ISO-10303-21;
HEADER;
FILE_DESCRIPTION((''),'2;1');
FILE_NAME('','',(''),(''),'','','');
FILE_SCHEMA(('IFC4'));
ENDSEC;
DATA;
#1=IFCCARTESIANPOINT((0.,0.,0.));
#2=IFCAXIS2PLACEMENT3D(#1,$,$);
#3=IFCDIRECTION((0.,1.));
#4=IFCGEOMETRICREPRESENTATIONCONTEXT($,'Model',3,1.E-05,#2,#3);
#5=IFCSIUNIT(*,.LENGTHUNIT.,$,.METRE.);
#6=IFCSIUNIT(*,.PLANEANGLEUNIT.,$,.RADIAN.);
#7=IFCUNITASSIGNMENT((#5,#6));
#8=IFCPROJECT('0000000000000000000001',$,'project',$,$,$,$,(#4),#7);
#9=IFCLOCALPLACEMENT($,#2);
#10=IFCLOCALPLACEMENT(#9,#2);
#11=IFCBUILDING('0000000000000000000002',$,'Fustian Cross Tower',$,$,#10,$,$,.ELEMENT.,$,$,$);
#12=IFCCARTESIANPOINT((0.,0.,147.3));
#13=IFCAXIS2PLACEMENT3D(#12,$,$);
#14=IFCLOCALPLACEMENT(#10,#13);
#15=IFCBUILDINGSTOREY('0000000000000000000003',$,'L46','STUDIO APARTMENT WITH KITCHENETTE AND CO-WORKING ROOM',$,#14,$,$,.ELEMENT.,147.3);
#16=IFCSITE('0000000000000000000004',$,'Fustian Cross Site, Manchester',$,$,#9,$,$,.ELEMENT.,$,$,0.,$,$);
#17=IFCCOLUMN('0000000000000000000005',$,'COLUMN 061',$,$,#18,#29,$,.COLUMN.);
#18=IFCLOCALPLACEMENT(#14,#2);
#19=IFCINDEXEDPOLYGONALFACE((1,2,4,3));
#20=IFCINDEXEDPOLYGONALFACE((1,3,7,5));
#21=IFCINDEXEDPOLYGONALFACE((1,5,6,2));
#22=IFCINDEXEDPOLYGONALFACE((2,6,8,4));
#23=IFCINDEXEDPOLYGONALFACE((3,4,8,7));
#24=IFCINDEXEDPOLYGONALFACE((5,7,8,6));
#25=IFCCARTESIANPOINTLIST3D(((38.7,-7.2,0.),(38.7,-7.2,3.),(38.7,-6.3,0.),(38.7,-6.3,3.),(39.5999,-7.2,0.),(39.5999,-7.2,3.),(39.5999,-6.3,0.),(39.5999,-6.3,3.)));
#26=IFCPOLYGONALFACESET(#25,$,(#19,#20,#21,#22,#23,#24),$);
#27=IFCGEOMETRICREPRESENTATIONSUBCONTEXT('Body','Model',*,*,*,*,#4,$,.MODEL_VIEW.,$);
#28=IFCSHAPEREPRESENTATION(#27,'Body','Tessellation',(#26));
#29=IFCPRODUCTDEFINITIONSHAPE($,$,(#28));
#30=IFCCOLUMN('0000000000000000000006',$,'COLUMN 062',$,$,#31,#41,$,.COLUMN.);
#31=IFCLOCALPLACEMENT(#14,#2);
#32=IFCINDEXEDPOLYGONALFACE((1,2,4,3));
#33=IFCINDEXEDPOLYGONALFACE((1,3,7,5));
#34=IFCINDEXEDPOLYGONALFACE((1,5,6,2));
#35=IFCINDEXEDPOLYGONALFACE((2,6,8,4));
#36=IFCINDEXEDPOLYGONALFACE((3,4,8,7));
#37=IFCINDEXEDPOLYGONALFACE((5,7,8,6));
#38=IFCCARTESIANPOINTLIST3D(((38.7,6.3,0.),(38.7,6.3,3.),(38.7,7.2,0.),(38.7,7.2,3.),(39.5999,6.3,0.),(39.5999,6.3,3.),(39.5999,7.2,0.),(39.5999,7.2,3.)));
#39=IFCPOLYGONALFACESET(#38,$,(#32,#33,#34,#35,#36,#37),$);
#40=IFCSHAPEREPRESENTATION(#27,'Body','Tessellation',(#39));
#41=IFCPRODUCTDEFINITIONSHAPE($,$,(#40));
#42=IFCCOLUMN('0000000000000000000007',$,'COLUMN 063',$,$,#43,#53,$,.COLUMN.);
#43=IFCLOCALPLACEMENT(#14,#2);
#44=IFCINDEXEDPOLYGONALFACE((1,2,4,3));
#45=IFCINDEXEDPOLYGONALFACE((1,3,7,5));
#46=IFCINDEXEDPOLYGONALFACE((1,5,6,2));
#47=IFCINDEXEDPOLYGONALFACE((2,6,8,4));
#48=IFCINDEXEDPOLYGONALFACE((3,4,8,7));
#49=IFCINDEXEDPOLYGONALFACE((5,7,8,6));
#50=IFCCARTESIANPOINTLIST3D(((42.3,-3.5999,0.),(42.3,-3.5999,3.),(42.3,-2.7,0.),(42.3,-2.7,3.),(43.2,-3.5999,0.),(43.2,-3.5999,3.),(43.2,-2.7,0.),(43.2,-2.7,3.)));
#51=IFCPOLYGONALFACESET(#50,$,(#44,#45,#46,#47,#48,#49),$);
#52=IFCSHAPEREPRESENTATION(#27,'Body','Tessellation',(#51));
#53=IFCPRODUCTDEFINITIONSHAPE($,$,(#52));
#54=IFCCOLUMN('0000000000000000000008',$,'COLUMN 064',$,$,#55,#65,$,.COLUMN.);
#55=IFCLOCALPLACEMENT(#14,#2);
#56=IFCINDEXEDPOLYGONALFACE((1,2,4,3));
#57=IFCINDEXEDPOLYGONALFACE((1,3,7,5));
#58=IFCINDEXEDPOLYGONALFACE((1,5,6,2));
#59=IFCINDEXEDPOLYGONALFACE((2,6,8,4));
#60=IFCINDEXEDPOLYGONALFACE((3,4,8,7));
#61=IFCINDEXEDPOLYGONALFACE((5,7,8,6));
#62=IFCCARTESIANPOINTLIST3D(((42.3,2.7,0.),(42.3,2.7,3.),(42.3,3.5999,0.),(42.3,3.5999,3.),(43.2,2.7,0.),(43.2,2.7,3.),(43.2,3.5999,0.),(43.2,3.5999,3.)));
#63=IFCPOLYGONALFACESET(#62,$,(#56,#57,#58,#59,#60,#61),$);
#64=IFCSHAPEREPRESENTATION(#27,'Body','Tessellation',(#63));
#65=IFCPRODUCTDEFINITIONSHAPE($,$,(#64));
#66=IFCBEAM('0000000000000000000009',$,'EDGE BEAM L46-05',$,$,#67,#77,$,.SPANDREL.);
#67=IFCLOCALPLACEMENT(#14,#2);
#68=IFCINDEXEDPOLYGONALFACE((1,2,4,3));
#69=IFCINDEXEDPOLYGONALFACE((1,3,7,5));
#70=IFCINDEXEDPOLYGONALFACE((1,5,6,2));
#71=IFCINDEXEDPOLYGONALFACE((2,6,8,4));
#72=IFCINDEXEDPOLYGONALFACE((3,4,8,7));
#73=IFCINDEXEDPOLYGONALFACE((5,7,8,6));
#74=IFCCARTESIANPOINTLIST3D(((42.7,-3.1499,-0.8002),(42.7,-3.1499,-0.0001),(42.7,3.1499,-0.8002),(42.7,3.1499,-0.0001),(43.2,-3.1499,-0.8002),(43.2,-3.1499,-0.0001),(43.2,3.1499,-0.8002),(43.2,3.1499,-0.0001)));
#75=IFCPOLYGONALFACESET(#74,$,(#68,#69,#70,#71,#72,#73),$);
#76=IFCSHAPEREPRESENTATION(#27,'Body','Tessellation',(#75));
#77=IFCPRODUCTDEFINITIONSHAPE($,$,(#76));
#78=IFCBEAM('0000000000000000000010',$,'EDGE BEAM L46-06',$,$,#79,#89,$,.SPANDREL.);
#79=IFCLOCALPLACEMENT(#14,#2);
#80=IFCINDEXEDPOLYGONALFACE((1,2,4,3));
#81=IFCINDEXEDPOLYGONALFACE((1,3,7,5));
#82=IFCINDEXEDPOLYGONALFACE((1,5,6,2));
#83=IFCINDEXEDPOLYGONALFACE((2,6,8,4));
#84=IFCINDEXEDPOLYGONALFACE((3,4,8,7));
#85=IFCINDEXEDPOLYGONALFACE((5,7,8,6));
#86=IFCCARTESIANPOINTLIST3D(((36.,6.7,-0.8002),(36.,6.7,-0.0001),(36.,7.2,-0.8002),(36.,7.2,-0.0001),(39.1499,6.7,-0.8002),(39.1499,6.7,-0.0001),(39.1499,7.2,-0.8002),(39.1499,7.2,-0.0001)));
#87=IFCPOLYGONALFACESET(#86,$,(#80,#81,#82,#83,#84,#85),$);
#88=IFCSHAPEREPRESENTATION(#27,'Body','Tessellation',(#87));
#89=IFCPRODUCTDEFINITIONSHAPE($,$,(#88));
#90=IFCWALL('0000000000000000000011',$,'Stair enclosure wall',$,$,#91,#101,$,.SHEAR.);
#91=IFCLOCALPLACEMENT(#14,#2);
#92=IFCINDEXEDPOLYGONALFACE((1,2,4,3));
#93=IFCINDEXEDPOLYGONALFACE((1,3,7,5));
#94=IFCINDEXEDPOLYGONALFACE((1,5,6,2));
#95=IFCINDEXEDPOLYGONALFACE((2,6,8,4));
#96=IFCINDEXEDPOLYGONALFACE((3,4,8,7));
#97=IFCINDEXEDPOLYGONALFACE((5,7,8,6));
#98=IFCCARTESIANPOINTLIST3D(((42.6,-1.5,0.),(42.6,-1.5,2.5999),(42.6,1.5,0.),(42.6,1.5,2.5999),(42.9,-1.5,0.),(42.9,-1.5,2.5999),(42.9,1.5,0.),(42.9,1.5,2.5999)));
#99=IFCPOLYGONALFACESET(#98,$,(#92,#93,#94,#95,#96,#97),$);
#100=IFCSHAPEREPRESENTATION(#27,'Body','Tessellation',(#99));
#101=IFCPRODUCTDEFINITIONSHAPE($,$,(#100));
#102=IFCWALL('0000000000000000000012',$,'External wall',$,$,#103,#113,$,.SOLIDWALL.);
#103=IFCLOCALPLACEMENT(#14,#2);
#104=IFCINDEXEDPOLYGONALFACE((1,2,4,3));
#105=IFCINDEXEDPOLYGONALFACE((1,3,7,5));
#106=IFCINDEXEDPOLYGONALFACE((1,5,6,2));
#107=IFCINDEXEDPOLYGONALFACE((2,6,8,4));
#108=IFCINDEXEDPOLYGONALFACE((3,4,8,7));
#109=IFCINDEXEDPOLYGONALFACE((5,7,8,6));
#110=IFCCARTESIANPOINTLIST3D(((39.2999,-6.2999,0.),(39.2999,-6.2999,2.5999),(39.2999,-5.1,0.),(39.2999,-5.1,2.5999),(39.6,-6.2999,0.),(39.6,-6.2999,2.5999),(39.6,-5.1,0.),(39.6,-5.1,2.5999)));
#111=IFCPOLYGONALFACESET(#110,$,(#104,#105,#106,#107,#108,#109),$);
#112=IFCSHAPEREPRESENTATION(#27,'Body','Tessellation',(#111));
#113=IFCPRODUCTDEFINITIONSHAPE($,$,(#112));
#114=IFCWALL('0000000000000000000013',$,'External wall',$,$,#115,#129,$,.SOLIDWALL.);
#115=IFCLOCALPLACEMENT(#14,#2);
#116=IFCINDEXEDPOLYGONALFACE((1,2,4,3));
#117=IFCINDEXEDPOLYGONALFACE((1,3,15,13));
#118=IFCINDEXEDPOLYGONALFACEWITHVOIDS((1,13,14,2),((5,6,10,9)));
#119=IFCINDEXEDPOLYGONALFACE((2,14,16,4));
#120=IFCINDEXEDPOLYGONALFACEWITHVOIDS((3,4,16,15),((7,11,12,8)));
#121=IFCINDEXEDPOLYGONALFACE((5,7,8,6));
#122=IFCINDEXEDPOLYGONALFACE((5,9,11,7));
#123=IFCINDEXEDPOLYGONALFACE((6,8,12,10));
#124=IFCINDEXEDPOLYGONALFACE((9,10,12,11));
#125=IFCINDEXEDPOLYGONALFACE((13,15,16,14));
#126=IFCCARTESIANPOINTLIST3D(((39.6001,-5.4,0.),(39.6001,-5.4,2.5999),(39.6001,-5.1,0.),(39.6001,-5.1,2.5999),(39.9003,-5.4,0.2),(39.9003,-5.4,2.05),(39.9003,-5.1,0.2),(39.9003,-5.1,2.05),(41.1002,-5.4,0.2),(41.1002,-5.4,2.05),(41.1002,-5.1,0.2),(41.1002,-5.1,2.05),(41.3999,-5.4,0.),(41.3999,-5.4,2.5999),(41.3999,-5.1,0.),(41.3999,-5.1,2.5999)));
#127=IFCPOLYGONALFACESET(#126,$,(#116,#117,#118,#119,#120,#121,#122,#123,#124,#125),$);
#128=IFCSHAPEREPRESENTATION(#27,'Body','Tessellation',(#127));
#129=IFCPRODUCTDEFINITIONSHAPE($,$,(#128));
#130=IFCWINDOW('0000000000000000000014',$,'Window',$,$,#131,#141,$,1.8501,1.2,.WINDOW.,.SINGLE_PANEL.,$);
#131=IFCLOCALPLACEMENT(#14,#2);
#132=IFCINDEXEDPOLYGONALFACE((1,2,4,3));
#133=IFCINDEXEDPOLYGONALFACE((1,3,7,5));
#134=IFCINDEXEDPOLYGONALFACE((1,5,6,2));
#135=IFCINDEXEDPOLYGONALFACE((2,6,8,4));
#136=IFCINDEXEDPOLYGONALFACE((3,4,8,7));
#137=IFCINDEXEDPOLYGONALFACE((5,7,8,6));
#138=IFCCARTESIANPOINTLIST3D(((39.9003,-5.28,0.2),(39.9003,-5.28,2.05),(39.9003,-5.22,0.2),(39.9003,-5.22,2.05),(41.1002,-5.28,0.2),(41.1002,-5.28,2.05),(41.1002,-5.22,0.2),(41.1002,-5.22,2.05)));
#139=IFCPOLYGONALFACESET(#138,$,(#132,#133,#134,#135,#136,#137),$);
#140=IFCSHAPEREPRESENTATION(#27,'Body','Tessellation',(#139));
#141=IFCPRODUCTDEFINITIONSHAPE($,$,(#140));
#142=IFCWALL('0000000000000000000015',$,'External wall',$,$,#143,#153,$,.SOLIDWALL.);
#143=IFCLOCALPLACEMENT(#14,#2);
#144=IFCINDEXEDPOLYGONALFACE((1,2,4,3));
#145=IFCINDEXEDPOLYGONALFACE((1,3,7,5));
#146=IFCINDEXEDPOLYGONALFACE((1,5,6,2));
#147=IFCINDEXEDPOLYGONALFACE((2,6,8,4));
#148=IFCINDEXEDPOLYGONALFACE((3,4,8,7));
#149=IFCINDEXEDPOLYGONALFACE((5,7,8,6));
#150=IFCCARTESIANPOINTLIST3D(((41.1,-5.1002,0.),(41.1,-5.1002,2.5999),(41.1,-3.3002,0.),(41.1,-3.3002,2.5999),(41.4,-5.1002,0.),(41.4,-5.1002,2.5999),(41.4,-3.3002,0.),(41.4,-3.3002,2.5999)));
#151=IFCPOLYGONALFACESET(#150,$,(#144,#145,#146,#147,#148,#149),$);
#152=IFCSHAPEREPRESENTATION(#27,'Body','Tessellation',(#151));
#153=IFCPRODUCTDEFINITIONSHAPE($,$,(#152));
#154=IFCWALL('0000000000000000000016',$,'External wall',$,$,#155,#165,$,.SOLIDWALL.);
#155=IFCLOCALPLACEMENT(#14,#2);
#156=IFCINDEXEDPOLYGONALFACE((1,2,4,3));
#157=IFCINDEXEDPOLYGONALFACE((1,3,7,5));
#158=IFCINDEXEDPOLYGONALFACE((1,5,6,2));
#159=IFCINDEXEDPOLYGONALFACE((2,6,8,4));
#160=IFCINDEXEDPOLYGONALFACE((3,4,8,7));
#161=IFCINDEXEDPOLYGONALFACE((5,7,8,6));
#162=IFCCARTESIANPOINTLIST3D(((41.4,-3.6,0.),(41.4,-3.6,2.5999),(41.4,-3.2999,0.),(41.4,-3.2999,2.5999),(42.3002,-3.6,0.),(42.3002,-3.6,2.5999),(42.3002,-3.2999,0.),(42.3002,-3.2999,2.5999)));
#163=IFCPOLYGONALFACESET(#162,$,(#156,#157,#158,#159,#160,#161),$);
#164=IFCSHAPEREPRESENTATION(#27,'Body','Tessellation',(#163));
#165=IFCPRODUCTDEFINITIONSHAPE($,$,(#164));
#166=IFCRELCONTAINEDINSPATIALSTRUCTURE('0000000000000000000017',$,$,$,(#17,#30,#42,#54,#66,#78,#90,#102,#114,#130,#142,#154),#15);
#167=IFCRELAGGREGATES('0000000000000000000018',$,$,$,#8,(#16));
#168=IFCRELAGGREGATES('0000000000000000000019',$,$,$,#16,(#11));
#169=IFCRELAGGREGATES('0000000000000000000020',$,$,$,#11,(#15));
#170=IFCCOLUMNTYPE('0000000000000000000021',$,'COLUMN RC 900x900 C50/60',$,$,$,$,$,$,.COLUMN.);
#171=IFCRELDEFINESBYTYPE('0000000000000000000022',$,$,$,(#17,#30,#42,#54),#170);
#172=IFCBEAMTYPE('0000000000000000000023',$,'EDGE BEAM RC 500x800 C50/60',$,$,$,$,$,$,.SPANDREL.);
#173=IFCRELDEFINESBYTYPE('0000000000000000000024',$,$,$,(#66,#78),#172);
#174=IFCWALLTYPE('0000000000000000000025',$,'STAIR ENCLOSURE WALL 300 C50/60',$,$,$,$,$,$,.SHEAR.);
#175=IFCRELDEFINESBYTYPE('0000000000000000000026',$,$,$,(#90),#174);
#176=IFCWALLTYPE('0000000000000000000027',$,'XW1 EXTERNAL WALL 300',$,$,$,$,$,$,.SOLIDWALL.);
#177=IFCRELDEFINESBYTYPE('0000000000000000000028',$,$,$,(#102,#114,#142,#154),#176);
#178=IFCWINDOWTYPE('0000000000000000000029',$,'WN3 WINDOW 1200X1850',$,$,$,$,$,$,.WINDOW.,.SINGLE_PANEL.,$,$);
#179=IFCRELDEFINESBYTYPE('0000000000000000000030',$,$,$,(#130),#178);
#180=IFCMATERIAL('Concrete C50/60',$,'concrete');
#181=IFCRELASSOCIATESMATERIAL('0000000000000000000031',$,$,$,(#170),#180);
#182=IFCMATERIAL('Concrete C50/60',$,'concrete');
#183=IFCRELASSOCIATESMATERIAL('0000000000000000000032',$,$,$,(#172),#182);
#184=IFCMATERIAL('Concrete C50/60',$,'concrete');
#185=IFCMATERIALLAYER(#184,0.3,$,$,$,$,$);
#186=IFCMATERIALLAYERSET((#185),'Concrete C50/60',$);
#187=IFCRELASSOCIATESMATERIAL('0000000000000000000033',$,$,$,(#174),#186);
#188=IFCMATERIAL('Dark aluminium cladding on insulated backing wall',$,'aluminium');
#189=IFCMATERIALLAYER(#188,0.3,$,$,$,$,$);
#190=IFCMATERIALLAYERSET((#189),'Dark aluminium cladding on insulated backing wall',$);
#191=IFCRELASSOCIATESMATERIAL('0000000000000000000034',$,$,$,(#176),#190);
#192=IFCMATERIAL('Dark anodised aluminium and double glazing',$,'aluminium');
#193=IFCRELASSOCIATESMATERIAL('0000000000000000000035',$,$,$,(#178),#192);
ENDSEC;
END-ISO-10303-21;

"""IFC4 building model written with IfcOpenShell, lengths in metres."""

from ifc_helpers import new_model, si_unit, direction, frame, frame_2d, origin, origin_2d, place, context, subcontext, project, spatial, rectangle, extrude, material, layer, layer_set, material_profile, profile_set, type_object, element, fill, save


model = new_model("IFC4")

# Units and contexts
model_context = context("Model", 3, precision=1e-05, world=origin(), true_north=direction((0.0, 1.0)))
body_context = subcontext(model_context, "Body", "Model", "MODEL_VIEW")
ifc_project = project(units=[si_unit("LENGTHUNIT", "METRE"), si_unit("PLANEANGLEUNIT", "RADIAN")], contexts=[model_context])

# Site, building, storey
site_placement = place(None, origin())
site = spatial("IfcSite", under=ifc_project, at=site_placement, Name="Fustian Cross Site, Manchester", CompositionType="ELEMENT", RefElevation=0.0)
building_placement = place(site_placement, origin())
building = spatial("IfcBuilding", under=site, at=building_placement, Name="Fustian Cross Tower", CompositionType="ELEMENT")
storey_placement = place(building_placement, frame((0.0, 0.0, 147.3)))
storey = spatial("IfcBuildingStorey", under=building, at=storey_placement, Name="L46", Description="STUDIO APARTMENT WITH KITCHENETTE AND CO-WORKING ROOM", CompositionType="ELEMENT", Elevation=147.3)

# Columns
ifc_material_1 = material(Name="Concrete C50/60", Category="concrete")
ifc_material_profile_1 = material_profile(ifc_material_1, rectangle(XDim=0.8999, YDim=0.8999, at=origin_2d()), Name="RC 900x900")
ifc_profile_set_1 = profile_set([ifc_material_profile_1], Name="Concrete C50/60")
column_type = type_object("IfcColumnType", Name="COLUMN RC 900x900 C50/60", PredefinedType="COLUMN", material=ifc_profile_set_1)
for number, where, z_axis, x_axis, name in (
    (1, (39.1499, -6.75, 0.0), (0.0, 0.0, 1.0), (1.0, 0.0, 0.0), "COLUMN 061"),
    (2, (39.1499, 6.75, 0.0), (0.0, 0.0, 1.0), (1.0, 0.0, 0.0), "COLUMN 062"),
    (3, (42.75, -3.1499, 0.0), (0.0, 0.0, 1.0), (1.0, 0.0, 0.0), "COLUMN 063"),
    (4, (42.75, 3.1499, 0.0), (0.0, 0.0, 1.0), (1.0, 0.0, 0.0), "COLUMN 064"),
):
    element("IfcColumn", number, at=place(storey_placement, frame(where, z_axis=z_axis, x_axis=x_axis)), inside=storey, type_object=column_type, Name=name, PredefinedType="COLUMN", context=body_context, shape_type="SweptSolid", body=[
        extrude(rectangle(XDim=0.8999, YDim=0.8999, at=origin_2d()), origin(), (0.0, 0.0, 1.0), 3.0),
    ])

# Beams
ifc_material_2 = material(Name="Concrete C50/60", Category="concrete")
ifc_material_profile_2 = material_profile(ifc_material_2, rectangle(XDim=0.5, YDim=0.8, at=origin_2d()), Name="RC 500x800")
ifc_profile_set_2 = profile_set([ifc_material_profile_2], Name="Concrete C50/60")
beam_type = type_object("IfcBeamType", Name="EDGE BEAM RC 500x800 C50/60", PredefinedType="SPANDREL", material=ifc_profile_set_2)
beam_1_placement = place(storey_placement, frame((42.95, -3.1499, -0.4001), z_axis=(0.0, 1.0, 0.0), x_axis=(-1.0, 0.0, 0.0)))
element("IfcBeam", 5, at=beam_1_placement, inside=storey, type_object=beam_type, Name="EDGE BEAM L46-05", PredefinedType="SPANDREL", context=body_context, shape_type="SweptSolid", body=[
    extrude(rectangle(XDim=0.5, YDim=0.8, at=origin_2d()), origin(), (0.0, 0.0, 1.0), 6.2998),
])
beam_2_placement = place(storey_placement, frame((39.1499, 6.95, -0.4001), z_axis=(-1.0, 0.0, 0.0), x_axis=(0.0, -1.0, 0.0)))
element("IfcBeam", 6, at=beam_2_placement, inside=storey, type_object=beam_type, Name="EDGE BEAM L46-06", PredefinedType="SPANDREL", context=body_context, shape_type="SweptSolid", body=[
    extrude(rectangle(XDim=0.5, YDim=0.8, at=origin_2d()), origin(), (0.0, 0.0, 1.0), 3.1499),
])

# Walls
ifc_material_3 = material(Name="Concrete C50/60", Category="concrete")
ifc_layer_1 = layer(ifc_material_3, 0.3)
ifc_layer_set_1 = layer_set([ifc_layer_1], Name="Concrete C50/60")
wall_type_1 = type_object("IfcWallType", Name="STAIR ENCLOSURE WALL 300 C50/60", PredefinedType="SHEAR", material=ifc_layer_set_1)
wall_1_placement = place(storey_placement, frame((42.75, -1.5, 0.0), z_axis=(0.0, 0.0, 1.0), x_axis=(0.0, 1.0, 0.0)))
element("IfcWall", 7, at=wall_1_placement, inside=storey, type_object=wall_type_1, Name="Stair enclosure wall", PredefinedType="SHEAR", context=body_context, shape_type="SweptSolid", body=[
    extrude(rectangle(XDim=3.0, YDim=0.3, at=frame_2d((1.5, 0.0))), origin(), (0.0, 0.0, 1.0), 2.5999),
])
ifc_material_4 = material(Name="Dark aluminium cladding on insulated backing wall", Category="aluminium")
ifc_layer_2 = layer(ifc_material_4, 0.3)
ifc_layer_set_2 = layer_set([ifc_layer_2], Name="Dark aluminium cladding on insulated backing wall")
wall_type_2 = type_object("IfcWallType", Name="XW1 EXTERNAL WALL 300", PredefinedType="SOLIDWALL", material=ifc_layer_set_2)
wall_2_placement = place(storey_placement, frame((39.45, -6.3, 0.0), z_axis=(0.0, 0.0, 1.0), x_axis=(0.0, 1.0, 0.0)))
element("IfcWall", 8, at=wall_2_placement, inside=storey, type_object=wall_type_2, Name="External wall", PredefinedType="SOLIDWALL", context=body_context, shape_type="SweptSolid", body=[
    extrude(rectangle(XDim=1.2, YDim=0.3, at=frame_2d((0.6001, 0.0))), origin(), (0.0, 0.0, 1.0), 2.5999),
])

# Wall, opening, window
wall_3_placement = place(storey_placement, frame((39.6001, -5.25, 0.0), z_axis=(0.0, 0.0, 1.0), x_axis=(1.0, 0.0, 0.0)))
wall_3 = element("IfcWall", 9, at=wall_3_placement, inside=storey, type_object=wall_type_2, Name="External wall", PredefinedType="SOLIDWALL", context=body_context, shape_type="SweptSolid", body=[
    extrude(rectangle(XDim=1.7998, YDim=0.3, at=frame_2d((0.8999, 0.0))), origin(), (0.0, 0.0, 1.0), 2.5999),
])
opening_1_placement = place(wall_3_placement, frame((0.3, 0.0, 0.2)))
opening_1 = element("IfcOpeningElement", 10, at=opening_1_placement, cuts=wall_3, PredefinedType="OPENING", context=body_context, shape_type="SweptSolid", body=[
    extrude(rectangle(XDim=1.2, YDim=1.8501, at=frame_2d((0.6001, 0.925))), frame((0.0, 0.1599, 0.0), z_axis=(0.0, -1.0, 0.0), x_axis=(1.0, 0.0, 0.0)), (0.0, 0.0, 1.0), 0.3201),
])
ifc_material_5 = material(Name="Dark anodised aluminium and double glazing", Category="aluminium")
window_type_1 = type_object("IfcWindowType", Name="WN3 WINDOW 1200X1850", PartitioningType="SINGLE_PANEL", PredefinedType="WINDOW", material=ifc_material_5)
window_1_placement = place(opening_1_placement, origin())
window_1 = element("IfcWindow", 11, at=window_1_placement, inside=storey, type_object=window_type_1, Name="Window", OverallHeight=1.8501, OverallWidth=1.2, PartitioningType="SINGLE_PANEL", PredefinedType="WINDOW", context=body_context, shape_type="SweptSolid", body=[
    extrude(rectangle(XDim=1.2, YDim=1.8501, at=frame_2d((0.6001, 0.925))), frame((0.0, 0.03, 0.0), z_axis=(0.0, -1.0, 0.0), x_axis=(1.0, 0.0, 0.0)), (0.0, 0.0, 1.0), 0.0601),
])
fill(opening_1, window_1)

# Walls
wall_4_placement = place(storey_placement, frame((41.25, -5.1001, 0.0), z_axis=(0.0, 0.0, 1.0), x_axis=(0.0, 1.0, 0.0)))
element("IfcWall", 12, at=wall_4_placement, inside=storey, type_object=wall_type_2, Name="External wall", PredefinedType="SOLIDWALL", context=body_context, shape_type="SweptSolid", body=[
    extrude(rectangle(XDim=1.8, YDim=0.3, at=frame_2d((0.8999, 0.0))), origin(), (0.0, 0.0, 1.0), 2.5999),
])
wall_5_placement = place(storey_placement, frame((41.3999, -3.45, 0.0), z_axis=(0.0, 0.0, 1.0), x_axis=(1.0, 0.0, 0.0)))
element("IfcWall", 13, at=wall_5_placement, inside=storey, type_object=wall_type_2, Name="External wall", PredefinedType="SOLIDWALL", context=body_context, shape_type="SweptSolid", body=[
    extrude(rectangle(XDim=0.9001, YDim=0.3, at=frame_2d((0.4502, 0.0))), origin(), (0.0, 0.0, 1.0), 2.5999),
])

save(model, "model.ifc")
